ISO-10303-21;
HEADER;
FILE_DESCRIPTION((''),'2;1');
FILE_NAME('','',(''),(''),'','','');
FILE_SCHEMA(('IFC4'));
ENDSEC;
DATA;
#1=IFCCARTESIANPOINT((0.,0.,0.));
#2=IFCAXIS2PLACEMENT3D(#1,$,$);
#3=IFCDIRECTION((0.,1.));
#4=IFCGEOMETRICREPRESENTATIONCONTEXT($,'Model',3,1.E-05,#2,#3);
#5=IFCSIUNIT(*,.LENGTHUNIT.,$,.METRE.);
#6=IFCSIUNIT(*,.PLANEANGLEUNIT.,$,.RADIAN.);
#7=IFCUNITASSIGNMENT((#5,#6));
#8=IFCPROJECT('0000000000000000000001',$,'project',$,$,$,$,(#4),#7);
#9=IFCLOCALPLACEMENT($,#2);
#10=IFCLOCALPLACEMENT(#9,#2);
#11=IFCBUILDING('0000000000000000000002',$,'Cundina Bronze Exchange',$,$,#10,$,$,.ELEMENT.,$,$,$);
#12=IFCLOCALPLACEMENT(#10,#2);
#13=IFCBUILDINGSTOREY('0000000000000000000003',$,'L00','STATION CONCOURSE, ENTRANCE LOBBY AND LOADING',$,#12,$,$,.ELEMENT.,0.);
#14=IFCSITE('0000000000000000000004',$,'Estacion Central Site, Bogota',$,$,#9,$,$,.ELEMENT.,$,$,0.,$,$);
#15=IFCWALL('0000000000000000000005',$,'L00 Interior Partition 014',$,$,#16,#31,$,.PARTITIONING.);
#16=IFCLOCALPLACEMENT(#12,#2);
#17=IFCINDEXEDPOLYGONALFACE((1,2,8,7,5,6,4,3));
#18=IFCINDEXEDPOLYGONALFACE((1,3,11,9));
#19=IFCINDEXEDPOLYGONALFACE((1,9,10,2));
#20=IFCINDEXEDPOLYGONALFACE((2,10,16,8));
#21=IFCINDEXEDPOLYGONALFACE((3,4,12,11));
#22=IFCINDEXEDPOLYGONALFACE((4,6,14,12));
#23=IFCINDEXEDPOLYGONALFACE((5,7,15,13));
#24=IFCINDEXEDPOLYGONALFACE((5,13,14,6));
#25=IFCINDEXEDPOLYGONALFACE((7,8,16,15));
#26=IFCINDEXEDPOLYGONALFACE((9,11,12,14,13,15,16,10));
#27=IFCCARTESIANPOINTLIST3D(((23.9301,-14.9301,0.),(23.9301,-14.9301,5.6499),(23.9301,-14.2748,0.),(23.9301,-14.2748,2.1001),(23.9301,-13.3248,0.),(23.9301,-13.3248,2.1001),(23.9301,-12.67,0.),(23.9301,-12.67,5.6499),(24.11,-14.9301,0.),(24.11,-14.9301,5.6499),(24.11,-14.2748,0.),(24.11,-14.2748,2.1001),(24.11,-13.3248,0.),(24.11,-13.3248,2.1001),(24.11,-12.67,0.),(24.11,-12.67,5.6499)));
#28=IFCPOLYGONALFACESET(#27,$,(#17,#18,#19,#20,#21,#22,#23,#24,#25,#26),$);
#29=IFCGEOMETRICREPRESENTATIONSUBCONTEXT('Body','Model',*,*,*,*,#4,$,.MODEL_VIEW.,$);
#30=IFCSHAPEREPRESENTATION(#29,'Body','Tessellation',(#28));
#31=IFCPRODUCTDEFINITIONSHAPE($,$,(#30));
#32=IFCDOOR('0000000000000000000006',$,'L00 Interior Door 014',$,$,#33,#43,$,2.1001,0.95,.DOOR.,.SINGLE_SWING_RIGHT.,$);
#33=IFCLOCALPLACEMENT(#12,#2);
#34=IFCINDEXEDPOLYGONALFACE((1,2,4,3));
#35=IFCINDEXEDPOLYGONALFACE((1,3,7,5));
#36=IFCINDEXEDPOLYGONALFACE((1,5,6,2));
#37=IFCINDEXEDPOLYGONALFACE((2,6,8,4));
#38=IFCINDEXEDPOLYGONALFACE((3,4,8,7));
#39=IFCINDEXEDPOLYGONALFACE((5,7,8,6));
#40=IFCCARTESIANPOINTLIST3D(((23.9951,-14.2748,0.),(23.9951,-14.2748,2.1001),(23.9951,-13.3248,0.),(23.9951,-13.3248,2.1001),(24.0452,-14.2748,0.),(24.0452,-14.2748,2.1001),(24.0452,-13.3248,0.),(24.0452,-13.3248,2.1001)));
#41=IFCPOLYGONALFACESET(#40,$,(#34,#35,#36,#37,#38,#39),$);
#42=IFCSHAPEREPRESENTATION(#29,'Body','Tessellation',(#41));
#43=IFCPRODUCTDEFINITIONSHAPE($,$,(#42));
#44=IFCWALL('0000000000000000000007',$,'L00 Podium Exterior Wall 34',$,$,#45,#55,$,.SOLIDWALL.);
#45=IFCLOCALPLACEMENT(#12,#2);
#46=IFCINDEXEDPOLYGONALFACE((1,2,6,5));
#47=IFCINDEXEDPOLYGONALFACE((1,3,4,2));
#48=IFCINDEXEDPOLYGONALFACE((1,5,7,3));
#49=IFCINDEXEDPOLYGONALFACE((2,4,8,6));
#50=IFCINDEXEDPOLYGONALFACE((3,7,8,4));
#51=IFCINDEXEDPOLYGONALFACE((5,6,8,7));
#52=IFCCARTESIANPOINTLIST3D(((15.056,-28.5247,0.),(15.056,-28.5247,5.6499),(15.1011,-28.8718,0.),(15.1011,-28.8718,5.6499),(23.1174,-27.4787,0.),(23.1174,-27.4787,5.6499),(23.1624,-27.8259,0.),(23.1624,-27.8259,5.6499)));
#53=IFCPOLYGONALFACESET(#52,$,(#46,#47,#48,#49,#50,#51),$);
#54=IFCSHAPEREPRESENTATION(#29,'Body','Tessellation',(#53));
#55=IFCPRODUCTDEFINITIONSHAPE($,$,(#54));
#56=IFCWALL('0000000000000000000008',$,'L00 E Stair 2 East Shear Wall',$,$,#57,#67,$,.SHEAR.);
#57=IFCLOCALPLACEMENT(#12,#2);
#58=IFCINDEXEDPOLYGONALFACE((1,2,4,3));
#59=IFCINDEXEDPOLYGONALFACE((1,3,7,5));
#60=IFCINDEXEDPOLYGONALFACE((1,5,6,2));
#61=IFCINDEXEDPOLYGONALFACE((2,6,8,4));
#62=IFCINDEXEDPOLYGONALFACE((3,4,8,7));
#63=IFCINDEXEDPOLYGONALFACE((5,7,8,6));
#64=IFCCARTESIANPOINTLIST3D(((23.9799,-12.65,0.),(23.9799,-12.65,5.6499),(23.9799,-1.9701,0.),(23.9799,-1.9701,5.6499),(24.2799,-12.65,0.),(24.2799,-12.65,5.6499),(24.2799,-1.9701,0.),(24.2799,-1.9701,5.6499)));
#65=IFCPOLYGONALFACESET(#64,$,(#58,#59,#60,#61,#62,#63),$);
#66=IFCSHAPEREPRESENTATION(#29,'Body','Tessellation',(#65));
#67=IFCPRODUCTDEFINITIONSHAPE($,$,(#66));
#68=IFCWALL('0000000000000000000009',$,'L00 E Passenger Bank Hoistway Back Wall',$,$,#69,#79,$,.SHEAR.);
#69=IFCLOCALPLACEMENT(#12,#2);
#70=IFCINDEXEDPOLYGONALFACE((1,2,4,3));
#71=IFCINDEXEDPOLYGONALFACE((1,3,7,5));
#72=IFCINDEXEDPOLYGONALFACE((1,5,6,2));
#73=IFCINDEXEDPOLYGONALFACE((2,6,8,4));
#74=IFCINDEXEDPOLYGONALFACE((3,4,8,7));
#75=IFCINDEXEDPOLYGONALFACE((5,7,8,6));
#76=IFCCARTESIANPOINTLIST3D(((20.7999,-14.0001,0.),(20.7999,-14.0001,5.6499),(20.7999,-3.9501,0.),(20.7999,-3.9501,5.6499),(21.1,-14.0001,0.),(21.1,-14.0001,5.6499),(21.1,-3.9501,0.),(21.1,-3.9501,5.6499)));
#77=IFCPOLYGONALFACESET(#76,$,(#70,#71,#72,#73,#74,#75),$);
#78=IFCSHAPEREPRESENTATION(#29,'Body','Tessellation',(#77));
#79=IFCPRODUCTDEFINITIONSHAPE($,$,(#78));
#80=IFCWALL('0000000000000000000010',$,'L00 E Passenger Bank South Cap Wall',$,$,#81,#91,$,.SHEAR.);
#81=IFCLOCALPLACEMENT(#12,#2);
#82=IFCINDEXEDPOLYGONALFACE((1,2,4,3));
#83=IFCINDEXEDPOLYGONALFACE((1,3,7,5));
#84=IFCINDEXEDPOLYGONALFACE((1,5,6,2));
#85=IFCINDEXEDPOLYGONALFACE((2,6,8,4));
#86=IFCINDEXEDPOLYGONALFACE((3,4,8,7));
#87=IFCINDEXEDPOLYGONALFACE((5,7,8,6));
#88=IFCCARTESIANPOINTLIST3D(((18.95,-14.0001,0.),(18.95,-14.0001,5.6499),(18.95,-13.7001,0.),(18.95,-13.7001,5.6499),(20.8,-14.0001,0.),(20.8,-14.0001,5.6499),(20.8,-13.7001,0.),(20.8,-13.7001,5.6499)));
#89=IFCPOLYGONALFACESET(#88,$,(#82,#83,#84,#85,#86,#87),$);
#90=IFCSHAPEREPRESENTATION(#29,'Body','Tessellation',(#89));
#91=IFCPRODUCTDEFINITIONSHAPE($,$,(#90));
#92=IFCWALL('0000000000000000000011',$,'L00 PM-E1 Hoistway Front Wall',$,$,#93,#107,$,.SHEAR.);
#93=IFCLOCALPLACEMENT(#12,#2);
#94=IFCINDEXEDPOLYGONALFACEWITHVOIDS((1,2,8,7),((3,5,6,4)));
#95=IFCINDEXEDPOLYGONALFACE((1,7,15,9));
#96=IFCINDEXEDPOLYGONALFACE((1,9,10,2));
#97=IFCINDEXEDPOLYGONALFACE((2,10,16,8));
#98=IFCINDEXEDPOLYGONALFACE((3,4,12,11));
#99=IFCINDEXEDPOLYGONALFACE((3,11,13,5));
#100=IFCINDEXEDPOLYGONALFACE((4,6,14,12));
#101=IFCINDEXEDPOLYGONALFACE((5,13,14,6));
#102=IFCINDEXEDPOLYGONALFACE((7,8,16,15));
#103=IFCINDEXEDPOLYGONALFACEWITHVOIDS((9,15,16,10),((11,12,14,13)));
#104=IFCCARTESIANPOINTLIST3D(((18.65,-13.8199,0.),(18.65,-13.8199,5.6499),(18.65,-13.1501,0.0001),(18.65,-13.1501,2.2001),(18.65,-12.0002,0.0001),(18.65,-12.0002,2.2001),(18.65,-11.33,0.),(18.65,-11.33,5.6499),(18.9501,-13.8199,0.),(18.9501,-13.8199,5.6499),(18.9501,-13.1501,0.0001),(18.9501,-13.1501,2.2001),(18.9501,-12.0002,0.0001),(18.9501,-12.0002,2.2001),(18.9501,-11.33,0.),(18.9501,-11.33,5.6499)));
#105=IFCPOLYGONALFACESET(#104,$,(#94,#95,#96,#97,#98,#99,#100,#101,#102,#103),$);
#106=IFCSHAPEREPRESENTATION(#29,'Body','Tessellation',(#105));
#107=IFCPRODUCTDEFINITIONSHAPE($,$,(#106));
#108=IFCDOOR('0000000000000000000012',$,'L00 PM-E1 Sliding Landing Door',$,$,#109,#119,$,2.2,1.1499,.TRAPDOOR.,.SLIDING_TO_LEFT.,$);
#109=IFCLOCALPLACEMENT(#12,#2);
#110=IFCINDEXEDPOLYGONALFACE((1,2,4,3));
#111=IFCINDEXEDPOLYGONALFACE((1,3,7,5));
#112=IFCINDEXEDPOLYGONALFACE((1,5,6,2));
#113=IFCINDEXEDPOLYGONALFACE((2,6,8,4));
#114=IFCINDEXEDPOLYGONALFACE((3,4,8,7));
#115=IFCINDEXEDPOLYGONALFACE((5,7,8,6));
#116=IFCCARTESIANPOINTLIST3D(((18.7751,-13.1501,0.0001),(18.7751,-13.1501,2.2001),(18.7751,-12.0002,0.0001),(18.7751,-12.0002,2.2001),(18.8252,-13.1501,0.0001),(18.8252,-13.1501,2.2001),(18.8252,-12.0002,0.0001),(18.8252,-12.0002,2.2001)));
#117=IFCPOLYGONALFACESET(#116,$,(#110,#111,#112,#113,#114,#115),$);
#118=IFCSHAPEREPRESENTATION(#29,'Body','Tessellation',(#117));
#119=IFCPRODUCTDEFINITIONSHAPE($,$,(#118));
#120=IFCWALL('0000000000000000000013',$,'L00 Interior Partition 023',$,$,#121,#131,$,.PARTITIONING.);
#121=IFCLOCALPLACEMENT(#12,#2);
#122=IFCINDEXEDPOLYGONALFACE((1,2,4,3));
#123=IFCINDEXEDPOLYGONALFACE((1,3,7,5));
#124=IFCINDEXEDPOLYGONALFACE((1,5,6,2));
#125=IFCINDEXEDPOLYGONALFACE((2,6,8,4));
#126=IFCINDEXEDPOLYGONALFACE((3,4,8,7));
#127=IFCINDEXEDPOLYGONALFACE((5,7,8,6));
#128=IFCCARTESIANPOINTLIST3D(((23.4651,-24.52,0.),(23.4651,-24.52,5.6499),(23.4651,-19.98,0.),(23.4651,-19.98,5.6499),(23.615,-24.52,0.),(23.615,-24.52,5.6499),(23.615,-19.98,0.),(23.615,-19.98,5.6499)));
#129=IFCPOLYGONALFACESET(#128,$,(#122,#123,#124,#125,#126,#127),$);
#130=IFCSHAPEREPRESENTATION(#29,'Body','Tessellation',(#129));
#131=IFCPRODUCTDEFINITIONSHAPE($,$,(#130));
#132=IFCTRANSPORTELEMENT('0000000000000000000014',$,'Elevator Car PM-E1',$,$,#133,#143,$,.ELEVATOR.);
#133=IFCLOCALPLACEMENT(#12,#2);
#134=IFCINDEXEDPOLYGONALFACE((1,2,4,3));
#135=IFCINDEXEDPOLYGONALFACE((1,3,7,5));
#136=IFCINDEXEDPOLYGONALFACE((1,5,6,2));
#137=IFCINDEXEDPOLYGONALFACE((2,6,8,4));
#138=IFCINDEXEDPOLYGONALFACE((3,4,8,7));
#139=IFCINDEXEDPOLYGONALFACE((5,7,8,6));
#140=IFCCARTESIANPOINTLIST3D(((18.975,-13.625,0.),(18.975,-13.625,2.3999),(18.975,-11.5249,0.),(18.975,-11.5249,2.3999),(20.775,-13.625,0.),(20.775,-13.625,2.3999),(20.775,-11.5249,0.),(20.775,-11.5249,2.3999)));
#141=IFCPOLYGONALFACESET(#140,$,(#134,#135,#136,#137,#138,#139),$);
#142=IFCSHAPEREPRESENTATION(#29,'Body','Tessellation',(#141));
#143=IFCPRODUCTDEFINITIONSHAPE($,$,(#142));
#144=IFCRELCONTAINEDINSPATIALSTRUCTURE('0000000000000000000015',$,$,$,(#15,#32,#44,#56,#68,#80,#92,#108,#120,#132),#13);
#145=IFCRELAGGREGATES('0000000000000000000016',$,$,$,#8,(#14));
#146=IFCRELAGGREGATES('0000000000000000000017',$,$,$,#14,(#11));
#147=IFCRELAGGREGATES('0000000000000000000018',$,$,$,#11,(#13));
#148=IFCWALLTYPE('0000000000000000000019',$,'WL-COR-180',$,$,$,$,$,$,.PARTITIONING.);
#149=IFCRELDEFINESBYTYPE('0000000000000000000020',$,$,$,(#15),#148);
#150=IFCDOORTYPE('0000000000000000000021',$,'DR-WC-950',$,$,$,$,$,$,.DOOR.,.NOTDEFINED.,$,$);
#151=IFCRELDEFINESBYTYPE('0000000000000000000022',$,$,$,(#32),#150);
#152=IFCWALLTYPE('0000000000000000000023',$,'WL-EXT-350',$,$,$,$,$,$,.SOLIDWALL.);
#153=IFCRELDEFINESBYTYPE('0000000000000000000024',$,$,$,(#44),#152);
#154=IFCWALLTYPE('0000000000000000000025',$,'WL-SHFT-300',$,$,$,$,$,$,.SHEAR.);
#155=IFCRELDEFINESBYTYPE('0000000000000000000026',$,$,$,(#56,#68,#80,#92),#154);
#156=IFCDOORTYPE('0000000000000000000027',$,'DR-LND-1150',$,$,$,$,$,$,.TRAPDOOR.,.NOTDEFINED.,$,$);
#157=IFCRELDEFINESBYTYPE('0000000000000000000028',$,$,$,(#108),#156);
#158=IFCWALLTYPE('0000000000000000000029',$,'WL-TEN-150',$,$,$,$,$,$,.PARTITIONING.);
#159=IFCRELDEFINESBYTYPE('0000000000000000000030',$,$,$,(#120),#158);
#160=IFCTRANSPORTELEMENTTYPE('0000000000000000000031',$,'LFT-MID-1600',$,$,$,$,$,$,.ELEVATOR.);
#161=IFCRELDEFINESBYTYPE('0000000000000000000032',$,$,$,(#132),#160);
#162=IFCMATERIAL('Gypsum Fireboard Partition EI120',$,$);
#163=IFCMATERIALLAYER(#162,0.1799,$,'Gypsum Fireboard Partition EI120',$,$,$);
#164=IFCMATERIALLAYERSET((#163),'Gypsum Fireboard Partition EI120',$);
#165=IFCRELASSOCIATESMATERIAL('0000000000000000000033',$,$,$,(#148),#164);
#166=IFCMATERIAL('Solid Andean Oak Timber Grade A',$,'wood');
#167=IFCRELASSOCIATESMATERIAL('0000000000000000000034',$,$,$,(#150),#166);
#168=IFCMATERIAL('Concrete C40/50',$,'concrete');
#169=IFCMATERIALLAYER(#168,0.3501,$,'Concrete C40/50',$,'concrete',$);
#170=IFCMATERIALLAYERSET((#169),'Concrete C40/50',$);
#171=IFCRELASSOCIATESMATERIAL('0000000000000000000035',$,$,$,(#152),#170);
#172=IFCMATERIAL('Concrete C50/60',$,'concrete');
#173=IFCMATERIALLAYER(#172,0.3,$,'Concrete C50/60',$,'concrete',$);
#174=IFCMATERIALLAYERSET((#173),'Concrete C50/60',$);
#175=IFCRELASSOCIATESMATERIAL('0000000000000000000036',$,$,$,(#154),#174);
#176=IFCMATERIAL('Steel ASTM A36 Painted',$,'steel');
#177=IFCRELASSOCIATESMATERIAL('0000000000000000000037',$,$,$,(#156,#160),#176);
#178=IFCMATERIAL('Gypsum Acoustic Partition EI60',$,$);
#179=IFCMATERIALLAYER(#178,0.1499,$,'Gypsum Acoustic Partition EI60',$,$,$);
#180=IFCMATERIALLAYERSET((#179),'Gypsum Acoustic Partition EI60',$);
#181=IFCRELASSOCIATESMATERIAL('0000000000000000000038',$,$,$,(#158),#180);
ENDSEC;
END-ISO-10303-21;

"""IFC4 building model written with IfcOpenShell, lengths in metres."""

from ifc_helpers import new_model, si_unit, direction, frame, frame_2d, origin, origin_2d, place, context, subcontext, project, spatial, rectangle, extrude, material, layer, layer_set, type_object, element, fill, save


model = new_model("IFC4")

# Units and contexts
model_context = context("Model", 3, precision=1e-05, world=origin(), true_north=direction((0.0, 1.0)))
body_context = subcontext(model_context, "Body", "Model", "MODEL_VIEW")
ifc_project = project(units=[si_unit("LENGTHUNIT", "METRE"), si_unit("PLANEANGLEUNIT", "RADIAN")], contexts=[model_context])

# Site, building, storey
site_placement = place(None, origin())
site = spatial("IfcSite", under=ifc_project, at=site_placement, Name="Estacion Central Site, Bogota", CompositionType="ELEMENT", RefElevation=0.0)
building_placement = place(site_placement, origin())
building = spatial("IfcBuilding", under=site, at=building_placement, Name="Cundina Bronze Exchange", CompositionType="ELEMENT")
storey_placement = place(building_placement, origin())
storey = spatial("IfcBuildingStorey", under=building, at=storey_placement, Name="L00", Description="STATION CONCOURSE, ENTRANCE LOBBY AND LOADING", CompositionType="ELEMENT", Elevation=0.0)

# Shared definitions
ifc_material_1 = material(Name="Concrete C50/60", Category="concrete")

# Shared definitions
ifc_material_2 = material(Name="Gypsum Fireboard Partition EI120")
ifc_layer_1 = layer(ifc_material_2, 0.1799, Name="Gypsum Fireboard Partition EI120")
ifc_layer_set_1 = layer_set([ifc_layer_1], Name="Gypsum Fireboard Partition EI120")
wall_type_1 = type_object("IfcWallType", Name="WL-COR-180", PredefinedType="PARTITIONING", material=ifc_layer_set_1)

# Wall, opening, door
wall_1_placement = place(storey_placement, frame((24.02, -14.9299, 0.0), z_axis=(0.0, 0.0, 1.0), x_axis=(0.0, 1.0, 0.0)))
wall_1 = element("IfcWall", 1, at=wall_1_placement, inside=storey, type_object=wall_type_1, Name="L00 Interior Partition 014", PredefinedType="PARTITIONING", context=body_context, shape_type="SweptSolid", body=[
    extrude(rectangle(XDim=2.26, YDim=0.1799, at=frame_2d((1.1299, 0.0))), origin(), (0.0, 0.0, 1.0), 5.6499),
])
opening_1_placement = place(wall_1_placement, frame((0.655, 0.0, 0.0)))
opening_1 = element("IfcOpeningElement", 2, at=opening_1_placement, cuts=wall_1, PredefinedType="OPENING", context=body_context, shape_type="SweptSolid", body=[
    extrude(rectangle(XDim=0.95, YDim=2.1001, at=frame_2d((0.4751, 1.05))), frame((0.0, 0.0999, 0.0), z_axis=(0.0, -1.0, 0.0), x_axis=(1.0, 0.0, 0.0)), (0.0, 0.0, 1.0), 0.2),
])
ifc_material_3 = material(Name="Solid Andean Oak Timber Grade A", Category="wood")
door_type_1 = type_object("IfcDoorType", Name="DR-WC-950", OperationType="NOTDEFINED", PredefinedType="DOOR", material=ifc_material_3)
door_1_placement = place(opening_1_placement, origin())
door_1 = element("IfcDoor", 3, at=door_1_placement, inside=storey, type_object=door_type_1, Name="L00 Interior Door 014", OperationType="SINGLE_SWING_RIGHT", OverallHeight=2.1001, OverallWidth=0.95, PredefinedType="DOOR", context=body_context, shape_type="SweptSolid", body=[
    extrude(rectangle(XDim=0.95, YDim=2.1001, at=frame_2d((0.4751, 1.05))), frame((0.0, 0.0249, 0.0), z_axis=(0.0, -1.0, 0.0), x_axis=(1.0, 0.0, 0.0)), (0.0, 0.0, 1.0), 0.05),
])
fill(opening_1, door_1)

# Walls
ifc_material_4 = material(Name="Concrete C40/50", Category="concrete")
ifc_layer_2 = layer(ifc_material_4, 0.3501, Name="Concrete C40/50", Category="concrete")
ifc_layer_set_2 = layer_set([ifc_layer_2], Name="Concrete C40/50")
wall_type_2 = type_object("IfcWallType", Name="WL-EXT-350", PredefinedType="SOLIDWALL", material=ifc_layer_set_2)
wall_2_placement = place(storey_placement, frame((23.1399, -27.6523, 0.0), z_axis=(0.0, 0.0, 1.0), x_axis=(-0.991688, -0.128665, 0.0)))
element("IfcWall", 4, at=wall_2_placement, inside=storey, type_object=wall_type_2, Name="L00 Podium Exterior Wall 34", PredefinedType="SOLIDWALL", context=body_context, shape_type="SweptSolid", body=[
    extrude(rectangle(XDim=8.1289, YDim=0.3501, at=frame_2d((4.0645, 0.0))), origin(), (0.0, 0.0, 1.0), 5.6499),
])
ifc_layer_3 = layer(ifc_material_1, 0.3, Name="Concrete C50/60", Category="concrete")
ifc_layer_set_3 = layer_set([ifc_layer_3], Name="Concrete C50/60")
wall_type_3 = type_object("IfcWallType", Name="WL-SHFT-300", PredefinedType="SHEAR", material=ifc_layer_set_3)
wall_3_placement = place(storey_placement, frame((24.1299, -12.6499, 0.0), z_axis=(0.0, 0.0, 1.0), x_axis=(0.0, 1.0, 0.0)))
element("IfcWall", 5, at=wall_3_placement, inside=storey, type_object=wall_type_3, Name="L00 E Stair 2 East Shear Wall", PredefinedType="SHEAR", context=body_context, shape_type="SweptSolid", body=[
    extrude(rectangle(XDim=10.6799, YDim=0.3, at=frame_2d((5.3398, 0.0))), origin(), (0.0, 0.0, 1.0), 5.6499),
])
wall_4_placement = place(storey_placement, frame((20.95, -14.0, 0.0), z_axis=(0.0, 0.0, 1.0), x_axis=(0.0, 1.0, 0.0)))
element("IfcWall", 6, at=wall_4_placement, inside=storey, type_object=wall_type_3, Name="L00 E Passenger Bank Hoistway Back Wall", PredefinedType="SHEAR", context=body_context, shape_type="SweptSolid", body=[
    extrude(rectangle(XDim=10.05, YDim=0.3, at=frame_2d((5.0249, 0.0))), origin(), (0.0, 0.0, 1.0), 5.6499),
])
wall_5_placement = place(storey_placement, frame((18.95, -13.8501, 0.0), z_axis=(0.0, 0.0, 1.0), x_axis=(1.0, 0.0, 0.0)))
element("IfcWall", 7, at=wall_5_placement, inside=storey, type_object=wall_type_3, Name="L00 E Passenger Bank South Cap Wall", PredefinedType="SHEAR", context=body_context, shape_type="SweptSolid", body=[
    extrude(rectangle(XDim=1.8501, YDim=0.3, at=frame_2d((0.925, 0.0))), origin(), (0.0, 0.0, 1.0), 5.6499),
])

# Wall, opening, door
wall_6_placement = place(storey_placement, frame((18.8, -13.8201, 0.0), z_axis=(0.0, 0.0, 1.0), x_axis=(0.0, 1.0, 0.0)))
wall_6 = element("IfcWall", 8, at=wall_6_placement, inside=storey, type_object=wall_type_3, Name="L00 PM-E1 Hoistway Front Wall", PredefinedType="SHEAR", context=body_context, shape_type="SweptSolid", body=[
    extrude(rectangle(XDim=2.49, YDim=0.3, at=frame_2d((1.2451, 0.0))), origin(), (0.0, 0.0, 1.0), 5.6499),
])
opening_2_placement = place(wall_6_placement, frame((0.6699, 0.0, 0.0)))
opening_2 = element("IfcOpeningElement", 9, at=opening_2_placement, cuts=wall_6, PredefinedType="OPENING", context=body_context, shape_type="SweptSolid", body=[
    extrude(rectangle(XDim=1.1499, YDim=2.2, at=frame_2d((0.575, 1.1001))), frame((0.0, 0.1599, 0.0), z_axis=(0.0, -1.0, 0.0), x_axis=(1.0, 0.0, 0.0)), (0.0, 0.0, 1.0), 0.3201),
])
ifc_material_5 = material(Name="Steel ASTM A36 Painted", Category="steel")
door_type_2 = type_object("IfcDoorType", Name="DR-LND-1150", OperationType="NOTDEFINED", PredefinedType="TRAPDOOR", material=ifc_material_5)
door_2_placement = place(opening_2_placement, origin())
door_2 = element("IfcDoor", 10, at=door_2_placement, inside=storey, type_object=door_type_2, Name="L00 PM-E1 Sliding Landing Door", OperationType="SLIDING_TO_LEFT", OverallHeight=2.2, OverallWidth=1.1499, PredefinedType="TRAPDOOR", context=body_context, shape_type="SweptSolid", body=[
    extrude(rectangle(XDim=1.1499, YDim=2.2, at=frame_2d((0.575, 1.1001))), frame((0.0, 0.0249, 0.0), z_axis=(0.0, -1.0, 0.0), x_axis=(1.0, 0.0, 0.0)), (0.0, 0.0, 1.0), 0.05),
])
fill(opening_2, door_2)

# Wall
ifc_material_6 = material(Name="Gypsum Acoustic Partition EI60")
ifc_layer_4 = layer(ifc_material_6, 0.1499, Name="Gypsum Acoustic Partition EI60")
ifc_layer_set_4 = layer_set([ifc_layer_4], Name="Gypsum Acoustic Partition EI60")
wall_type_4 = type_object("IfcWallType", Name="WL-TEN-150", PredefinedType="PARTITIONING", material=ifc_layer_set_4)
wall_7_placement = place(storey_placement, frame((23.54, -24.52, 0.0), z_axis=(0.0, 0.0, 1.0), x_axis=(0.0, 1.0, 0.0)))
element("IfcWall", 11, at=wall_7_placement, inside=storey, type_object=wall_type_4, Name="L00 Interior Partition 023", PredefinedType="PARTITIONING", context=body_context, shape_type="SweptSolid", body=[
    extrude(rectangle(XDim=4.54, YDim=0.1499, at=frame_2d((2.27, 0.0))), origin(), (0.0, 0.0, 1.0), 5.6499),
])

# Transport element
transport_element_type = type_object("IfcTransportElementType", Name="LFT-MID-1600", PredefinedType="ELEVATOR", material=ifc_material_5)
transport_element_placement = place(storey_placement, frame((19.875, -12.575, 0.0), z_axis=(0.0, 0.0, 1.0), x_axis=(1.0, 0.0, 0.0)))
element("IfcTransportElement", 12, at=transport_element_placement, inside=storey, type_object=transport_element_type, Name="Elevator Car PM-E1", PredefinedType="ELEVATOR", context=body_context, shape_type="SweptSolid", body=[
    extrude(rectangle(XDim=1.8, YDim=2.1001, at=origin_2d()), origin(), (0.0, 0.0, 1.0), 2.3999),
])

save(model, "model.ifc")
